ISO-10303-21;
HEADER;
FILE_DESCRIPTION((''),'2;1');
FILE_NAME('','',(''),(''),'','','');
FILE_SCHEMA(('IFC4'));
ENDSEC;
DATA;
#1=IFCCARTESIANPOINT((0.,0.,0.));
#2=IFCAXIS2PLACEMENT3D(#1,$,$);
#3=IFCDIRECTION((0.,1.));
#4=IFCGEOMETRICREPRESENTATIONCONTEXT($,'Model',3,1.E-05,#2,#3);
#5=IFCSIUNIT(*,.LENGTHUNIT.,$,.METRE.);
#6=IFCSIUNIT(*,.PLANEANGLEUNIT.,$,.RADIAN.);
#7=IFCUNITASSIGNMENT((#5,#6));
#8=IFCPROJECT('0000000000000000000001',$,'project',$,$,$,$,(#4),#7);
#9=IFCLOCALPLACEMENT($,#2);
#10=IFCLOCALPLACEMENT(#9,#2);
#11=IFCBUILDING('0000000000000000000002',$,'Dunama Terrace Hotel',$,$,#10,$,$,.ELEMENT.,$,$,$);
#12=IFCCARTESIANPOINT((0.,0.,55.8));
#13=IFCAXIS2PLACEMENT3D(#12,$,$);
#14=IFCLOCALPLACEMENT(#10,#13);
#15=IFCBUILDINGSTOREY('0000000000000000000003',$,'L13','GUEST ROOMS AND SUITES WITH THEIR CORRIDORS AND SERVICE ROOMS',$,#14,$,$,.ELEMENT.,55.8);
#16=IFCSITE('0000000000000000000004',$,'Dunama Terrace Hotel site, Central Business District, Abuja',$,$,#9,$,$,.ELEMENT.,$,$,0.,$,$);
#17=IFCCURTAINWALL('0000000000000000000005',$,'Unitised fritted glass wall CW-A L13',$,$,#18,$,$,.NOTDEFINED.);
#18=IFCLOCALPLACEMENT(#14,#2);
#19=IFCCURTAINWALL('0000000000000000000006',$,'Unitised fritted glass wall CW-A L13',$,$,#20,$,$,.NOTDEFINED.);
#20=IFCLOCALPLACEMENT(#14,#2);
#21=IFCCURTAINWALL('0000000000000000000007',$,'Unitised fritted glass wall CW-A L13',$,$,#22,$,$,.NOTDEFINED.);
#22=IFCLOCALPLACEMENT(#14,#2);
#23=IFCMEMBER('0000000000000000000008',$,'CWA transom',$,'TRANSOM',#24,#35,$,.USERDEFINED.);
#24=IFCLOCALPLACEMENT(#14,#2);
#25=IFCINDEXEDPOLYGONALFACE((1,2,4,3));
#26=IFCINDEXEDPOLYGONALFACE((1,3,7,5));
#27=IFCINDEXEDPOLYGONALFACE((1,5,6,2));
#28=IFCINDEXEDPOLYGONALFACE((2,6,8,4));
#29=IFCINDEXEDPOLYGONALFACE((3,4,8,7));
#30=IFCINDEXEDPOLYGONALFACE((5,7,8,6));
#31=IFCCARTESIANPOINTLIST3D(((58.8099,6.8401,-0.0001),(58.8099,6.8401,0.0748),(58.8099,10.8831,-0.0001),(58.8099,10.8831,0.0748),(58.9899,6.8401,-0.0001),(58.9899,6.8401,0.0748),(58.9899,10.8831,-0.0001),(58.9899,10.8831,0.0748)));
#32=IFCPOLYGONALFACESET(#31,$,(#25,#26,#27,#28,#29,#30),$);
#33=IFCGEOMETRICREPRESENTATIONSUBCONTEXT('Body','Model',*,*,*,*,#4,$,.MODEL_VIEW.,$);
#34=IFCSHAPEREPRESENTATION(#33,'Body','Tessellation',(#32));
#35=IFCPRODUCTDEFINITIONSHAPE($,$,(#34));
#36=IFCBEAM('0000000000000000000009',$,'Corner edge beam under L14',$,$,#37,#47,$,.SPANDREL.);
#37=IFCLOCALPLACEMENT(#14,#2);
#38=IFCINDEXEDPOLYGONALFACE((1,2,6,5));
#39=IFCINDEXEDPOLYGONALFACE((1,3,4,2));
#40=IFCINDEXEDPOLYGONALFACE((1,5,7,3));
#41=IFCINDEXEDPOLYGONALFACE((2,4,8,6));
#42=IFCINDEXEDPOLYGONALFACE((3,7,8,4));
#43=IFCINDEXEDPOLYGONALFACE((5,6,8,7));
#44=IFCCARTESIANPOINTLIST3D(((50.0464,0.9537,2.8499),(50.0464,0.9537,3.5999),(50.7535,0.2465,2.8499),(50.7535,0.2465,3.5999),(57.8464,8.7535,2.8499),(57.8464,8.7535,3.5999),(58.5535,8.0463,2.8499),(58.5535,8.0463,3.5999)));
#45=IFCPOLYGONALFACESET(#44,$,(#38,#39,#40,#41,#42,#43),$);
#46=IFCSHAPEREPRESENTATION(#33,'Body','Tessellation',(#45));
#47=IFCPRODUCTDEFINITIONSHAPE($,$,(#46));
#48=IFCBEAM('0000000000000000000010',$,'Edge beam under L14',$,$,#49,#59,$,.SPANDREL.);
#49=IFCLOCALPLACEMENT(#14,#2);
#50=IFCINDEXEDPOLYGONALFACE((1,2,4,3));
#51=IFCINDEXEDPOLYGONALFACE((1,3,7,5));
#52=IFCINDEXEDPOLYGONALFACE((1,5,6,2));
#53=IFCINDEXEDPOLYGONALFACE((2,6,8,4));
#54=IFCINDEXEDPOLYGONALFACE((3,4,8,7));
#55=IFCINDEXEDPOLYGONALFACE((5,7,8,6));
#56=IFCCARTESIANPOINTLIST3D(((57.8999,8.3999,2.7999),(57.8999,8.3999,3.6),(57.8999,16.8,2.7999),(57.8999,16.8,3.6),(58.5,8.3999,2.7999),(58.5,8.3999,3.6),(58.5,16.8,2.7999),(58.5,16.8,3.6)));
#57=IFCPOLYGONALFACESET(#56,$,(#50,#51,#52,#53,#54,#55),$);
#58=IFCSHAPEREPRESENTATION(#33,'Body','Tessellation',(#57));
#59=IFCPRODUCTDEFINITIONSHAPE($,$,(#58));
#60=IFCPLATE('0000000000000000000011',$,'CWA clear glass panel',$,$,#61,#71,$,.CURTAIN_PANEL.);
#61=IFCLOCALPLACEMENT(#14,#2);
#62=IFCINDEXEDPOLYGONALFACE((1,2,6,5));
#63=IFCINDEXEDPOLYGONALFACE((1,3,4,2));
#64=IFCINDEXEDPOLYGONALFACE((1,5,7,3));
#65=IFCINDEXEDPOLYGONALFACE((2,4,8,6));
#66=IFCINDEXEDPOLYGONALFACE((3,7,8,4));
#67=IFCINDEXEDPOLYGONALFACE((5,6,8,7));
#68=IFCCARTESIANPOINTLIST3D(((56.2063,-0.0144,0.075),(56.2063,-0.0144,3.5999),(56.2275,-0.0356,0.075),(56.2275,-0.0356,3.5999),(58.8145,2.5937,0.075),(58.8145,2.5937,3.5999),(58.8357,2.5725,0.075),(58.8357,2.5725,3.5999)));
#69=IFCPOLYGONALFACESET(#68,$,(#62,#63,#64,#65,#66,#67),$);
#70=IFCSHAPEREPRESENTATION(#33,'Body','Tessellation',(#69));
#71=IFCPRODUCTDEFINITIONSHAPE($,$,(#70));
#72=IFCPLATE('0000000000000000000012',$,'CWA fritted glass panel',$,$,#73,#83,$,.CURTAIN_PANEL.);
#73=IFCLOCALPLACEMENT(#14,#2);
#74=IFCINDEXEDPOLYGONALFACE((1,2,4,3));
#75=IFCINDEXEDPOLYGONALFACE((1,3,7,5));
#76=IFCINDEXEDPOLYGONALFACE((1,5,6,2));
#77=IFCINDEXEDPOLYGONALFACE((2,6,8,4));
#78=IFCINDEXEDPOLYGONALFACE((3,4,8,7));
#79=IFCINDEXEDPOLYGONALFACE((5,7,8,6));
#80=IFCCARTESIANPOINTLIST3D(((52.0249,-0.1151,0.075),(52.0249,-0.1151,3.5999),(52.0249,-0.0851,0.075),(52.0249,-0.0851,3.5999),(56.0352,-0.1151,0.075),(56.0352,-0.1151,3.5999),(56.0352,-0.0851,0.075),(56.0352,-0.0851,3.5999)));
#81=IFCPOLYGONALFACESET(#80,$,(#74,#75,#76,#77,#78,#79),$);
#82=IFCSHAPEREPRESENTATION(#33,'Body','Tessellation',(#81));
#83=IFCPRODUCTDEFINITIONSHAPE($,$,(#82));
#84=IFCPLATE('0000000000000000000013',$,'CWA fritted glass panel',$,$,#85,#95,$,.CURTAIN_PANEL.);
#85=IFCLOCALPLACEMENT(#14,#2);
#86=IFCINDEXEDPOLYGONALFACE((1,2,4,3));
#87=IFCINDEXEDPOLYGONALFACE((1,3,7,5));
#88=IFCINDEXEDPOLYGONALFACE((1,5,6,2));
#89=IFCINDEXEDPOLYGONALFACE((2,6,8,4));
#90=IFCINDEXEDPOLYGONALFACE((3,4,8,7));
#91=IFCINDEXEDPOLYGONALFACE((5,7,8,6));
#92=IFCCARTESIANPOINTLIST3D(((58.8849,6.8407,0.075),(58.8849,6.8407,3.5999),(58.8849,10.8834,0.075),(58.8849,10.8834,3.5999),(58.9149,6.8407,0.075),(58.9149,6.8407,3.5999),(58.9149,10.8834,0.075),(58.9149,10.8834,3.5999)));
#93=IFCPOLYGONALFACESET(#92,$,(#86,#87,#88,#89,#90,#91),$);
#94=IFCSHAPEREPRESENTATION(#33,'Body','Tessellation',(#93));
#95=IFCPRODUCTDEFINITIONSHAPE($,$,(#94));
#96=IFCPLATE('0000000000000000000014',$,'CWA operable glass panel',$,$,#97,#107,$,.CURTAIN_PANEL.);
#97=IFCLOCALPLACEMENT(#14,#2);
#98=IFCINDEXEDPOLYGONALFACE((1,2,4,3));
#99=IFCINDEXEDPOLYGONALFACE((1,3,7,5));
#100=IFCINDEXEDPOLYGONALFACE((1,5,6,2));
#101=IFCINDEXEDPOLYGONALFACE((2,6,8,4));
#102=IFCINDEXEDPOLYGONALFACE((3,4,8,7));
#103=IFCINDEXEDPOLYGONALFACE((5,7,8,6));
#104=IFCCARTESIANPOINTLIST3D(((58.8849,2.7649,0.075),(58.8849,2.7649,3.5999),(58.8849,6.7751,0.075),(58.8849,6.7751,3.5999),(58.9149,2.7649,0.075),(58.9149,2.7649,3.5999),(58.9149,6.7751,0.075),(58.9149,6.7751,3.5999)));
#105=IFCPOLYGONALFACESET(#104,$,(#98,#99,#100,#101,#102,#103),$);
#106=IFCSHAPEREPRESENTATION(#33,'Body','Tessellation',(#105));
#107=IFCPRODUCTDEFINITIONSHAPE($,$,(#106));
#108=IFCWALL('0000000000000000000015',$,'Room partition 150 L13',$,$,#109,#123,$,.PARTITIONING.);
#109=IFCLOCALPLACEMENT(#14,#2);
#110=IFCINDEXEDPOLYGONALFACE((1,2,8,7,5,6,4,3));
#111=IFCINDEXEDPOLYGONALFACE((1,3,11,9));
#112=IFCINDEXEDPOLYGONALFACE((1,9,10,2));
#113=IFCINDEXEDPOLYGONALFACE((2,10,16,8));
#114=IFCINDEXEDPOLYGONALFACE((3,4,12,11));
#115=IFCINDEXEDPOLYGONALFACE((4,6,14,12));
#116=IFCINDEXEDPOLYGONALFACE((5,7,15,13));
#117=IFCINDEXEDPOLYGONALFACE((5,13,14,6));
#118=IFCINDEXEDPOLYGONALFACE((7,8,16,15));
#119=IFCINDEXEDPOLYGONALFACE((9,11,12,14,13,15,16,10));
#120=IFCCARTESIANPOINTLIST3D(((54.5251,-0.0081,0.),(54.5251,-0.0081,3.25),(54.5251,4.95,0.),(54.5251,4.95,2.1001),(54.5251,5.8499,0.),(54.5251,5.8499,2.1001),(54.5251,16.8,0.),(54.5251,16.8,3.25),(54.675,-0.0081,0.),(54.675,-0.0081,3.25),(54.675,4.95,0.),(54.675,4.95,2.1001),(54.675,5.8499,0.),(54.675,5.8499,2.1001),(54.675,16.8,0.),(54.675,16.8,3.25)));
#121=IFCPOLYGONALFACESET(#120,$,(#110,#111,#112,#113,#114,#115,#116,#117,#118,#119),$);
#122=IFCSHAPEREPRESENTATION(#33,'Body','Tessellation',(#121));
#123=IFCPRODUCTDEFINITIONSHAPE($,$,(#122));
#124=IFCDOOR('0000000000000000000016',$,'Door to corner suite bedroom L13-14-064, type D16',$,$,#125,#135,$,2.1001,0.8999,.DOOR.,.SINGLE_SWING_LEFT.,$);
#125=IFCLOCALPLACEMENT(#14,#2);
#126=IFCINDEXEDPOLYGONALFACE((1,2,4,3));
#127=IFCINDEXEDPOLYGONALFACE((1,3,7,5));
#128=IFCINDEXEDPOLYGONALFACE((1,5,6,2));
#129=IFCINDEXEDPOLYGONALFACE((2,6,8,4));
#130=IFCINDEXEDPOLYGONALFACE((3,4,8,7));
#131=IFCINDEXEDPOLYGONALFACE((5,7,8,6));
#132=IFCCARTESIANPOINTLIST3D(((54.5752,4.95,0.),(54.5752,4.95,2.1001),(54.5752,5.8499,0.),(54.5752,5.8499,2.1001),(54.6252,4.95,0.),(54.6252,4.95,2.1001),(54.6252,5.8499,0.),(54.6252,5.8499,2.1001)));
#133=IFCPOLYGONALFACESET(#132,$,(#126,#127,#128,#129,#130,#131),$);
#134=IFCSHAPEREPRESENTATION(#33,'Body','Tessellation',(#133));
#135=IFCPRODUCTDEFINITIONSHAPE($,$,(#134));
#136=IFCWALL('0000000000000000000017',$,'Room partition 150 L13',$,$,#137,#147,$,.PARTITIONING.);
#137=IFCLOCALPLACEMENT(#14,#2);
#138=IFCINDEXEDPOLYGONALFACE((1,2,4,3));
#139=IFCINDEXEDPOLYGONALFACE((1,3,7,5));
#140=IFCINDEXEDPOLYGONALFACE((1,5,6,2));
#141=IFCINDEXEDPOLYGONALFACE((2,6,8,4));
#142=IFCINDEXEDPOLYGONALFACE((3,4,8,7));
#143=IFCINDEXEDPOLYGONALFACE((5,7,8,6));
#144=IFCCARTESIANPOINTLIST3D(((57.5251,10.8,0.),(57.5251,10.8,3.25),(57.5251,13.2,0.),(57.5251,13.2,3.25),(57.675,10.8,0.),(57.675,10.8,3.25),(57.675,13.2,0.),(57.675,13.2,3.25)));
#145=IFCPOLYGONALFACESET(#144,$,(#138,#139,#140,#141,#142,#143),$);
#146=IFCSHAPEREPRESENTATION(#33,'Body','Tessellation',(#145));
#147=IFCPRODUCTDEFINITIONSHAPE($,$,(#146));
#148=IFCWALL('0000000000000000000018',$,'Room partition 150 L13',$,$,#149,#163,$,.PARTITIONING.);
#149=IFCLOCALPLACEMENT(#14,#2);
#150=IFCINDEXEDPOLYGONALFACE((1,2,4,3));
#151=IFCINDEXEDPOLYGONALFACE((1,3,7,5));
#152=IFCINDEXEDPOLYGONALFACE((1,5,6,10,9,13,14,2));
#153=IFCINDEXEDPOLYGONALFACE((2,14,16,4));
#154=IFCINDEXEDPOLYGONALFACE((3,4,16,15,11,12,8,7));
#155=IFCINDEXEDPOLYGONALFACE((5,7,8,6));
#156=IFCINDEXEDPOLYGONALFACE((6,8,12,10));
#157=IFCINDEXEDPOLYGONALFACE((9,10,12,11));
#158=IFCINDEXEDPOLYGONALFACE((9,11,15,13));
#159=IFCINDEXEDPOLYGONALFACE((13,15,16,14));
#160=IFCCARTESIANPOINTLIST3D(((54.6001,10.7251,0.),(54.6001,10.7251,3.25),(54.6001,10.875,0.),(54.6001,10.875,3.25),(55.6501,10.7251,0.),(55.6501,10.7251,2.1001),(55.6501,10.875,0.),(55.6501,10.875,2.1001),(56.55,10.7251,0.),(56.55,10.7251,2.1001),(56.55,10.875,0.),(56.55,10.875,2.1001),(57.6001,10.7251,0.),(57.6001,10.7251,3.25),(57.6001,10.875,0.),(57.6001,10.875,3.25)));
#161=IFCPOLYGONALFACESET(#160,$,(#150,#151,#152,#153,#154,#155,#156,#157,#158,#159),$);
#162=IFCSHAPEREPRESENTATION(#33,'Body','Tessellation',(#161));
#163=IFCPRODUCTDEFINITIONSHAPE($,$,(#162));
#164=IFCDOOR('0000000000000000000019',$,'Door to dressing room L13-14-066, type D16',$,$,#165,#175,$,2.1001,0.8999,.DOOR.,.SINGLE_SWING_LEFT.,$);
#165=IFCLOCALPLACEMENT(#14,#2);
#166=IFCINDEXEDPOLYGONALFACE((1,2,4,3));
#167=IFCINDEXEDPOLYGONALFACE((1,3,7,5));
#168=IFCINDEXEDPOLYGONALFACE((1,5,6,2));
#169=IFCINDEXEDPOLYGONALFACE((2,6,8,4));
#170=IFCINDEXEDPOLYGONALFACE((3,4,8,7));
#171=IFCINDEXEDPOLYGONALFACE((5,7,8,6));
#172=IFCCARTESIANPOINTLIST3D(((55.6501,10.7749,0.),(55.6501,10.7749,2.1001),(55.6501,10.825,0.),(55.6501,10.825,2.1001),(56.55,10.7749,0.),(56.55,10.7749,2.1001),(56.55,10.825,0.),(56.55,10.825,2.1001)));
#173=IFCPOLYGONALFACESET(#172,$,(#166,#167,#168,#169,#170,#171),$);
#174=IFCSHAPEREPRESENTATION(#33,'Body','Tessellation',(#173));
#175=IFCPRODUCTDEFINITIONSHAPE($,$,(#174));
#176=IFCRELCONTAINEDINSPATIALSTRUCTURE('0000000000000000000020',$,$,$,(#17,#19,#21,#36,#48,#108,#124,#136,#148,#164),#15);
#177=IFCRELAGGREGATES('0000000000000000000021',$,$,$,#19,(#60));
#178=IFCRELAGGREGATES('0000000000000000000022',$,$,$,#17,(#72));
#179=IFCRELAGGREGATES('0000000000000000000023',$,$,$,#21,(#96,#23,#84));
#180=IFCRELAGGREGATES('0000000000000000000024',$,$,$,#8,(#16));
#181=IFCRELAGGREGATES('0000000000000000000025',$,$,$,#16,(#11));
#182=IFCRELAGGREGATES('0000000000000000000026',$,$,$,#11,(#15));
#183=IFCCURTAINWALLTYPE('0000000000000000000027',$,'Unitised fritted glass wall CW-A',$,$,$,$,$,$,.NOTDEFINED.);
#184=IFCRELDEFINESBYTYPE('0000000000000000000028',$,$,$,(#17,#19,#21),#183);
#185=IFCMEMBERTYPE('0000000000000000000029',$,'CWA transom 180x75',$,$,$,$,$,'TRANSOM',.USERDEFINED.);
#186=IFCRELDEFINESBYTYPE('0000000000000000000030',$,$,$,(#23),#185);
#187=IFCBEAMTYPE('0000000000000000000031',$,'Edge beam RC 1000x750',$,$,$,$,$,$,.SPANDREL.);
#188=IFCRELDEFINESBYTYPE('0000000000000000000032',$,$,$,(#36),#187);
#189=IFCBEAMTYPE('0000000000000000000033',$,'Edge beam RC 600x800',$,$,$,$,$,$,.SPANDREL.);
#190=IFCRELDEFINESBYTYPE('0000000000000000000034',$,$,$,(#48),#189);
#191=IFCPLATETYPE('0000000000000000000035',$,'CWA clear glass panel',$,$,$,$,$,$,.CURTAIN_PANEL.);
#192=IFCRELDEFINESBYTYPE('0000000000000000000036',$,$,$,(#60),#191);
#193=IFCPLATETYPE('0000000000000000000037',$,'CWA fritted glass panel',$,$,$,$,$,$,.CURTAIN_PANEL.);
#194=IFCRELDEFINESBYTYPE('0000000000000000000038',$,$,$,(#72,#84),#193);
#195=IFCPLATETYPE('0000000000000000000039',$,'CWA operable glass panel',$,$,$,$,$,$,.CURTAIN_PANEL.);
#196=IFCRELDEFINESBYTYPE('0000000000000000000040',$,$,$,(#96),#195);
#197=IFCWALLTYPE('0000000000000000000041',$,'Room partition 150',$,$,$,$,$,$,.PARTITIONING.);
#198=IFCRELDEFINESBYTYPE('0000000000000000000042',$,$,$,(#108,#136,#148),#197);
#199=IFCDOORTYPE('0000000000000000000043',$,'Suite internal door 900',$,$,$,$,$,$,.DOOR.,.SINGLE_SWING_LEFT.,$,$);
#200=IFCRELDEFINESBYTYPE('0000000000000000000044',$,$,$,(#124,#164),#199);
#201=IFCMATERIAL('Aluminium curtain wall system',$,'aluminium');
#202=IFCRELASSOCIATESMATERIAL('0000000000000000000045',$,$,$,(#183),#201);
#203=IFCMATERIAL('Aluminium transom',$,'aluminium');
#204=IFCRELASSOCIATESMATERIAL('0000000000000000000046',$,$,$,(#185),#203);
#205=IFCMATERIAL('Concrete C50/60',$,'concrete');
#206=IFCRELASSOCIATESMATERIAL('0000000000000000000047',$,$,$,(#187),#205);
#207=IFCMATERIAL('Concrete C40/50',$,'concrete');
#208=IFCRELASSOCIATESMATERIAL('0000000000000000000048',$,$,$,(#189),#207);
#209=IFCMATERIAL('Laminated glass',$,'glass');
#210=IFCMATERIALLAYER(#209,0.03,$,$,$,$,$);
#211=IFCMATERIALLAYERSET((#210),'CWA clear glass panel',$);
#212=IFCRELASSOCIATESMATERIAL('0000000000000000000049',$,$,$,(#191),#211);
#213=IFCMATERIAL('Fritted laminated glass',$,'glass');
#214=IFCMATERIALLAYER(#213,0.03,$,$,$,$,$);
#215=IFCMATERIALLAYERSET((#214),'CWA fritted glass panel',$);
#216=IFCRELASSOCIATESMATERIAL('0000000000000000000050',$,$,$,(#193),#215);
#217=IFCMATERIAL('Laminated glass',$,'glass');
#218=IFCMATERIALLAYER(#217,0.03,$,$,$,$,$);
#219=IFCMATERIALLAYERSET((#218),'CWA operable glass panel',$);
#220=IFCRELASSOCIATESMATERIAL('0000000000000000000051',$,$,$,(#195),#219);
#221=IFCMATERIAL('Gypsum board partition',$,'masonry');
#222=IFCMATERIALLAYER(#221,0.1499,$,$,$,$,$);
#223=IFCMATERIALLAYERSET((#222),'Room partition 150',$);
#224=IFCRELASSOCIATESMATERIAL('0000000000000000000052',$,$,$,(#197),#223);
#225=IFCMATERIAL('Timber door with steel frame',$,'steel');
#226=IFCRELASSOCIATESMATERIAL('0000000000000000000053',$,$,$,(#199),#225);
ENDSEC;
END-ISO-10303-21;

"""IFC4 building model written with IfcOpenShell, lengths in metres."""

from ifc_helpers import new_model, si_unit, direction, frame, frame_2d, origin, origin_2d, place, context, subcontext, project, spatial, rectangle, extrude, material, layer, layer_set, material_profile, profile_set, type_object, element, fill, aggregate, save


model = new_model("IFC4")

# Units and contexts
model_context = context("Model", 3, precision=1e-05, world=origin(), true_north=direction((0.0, 1.0)))
body_context = subcontext(model_context, "Body", "Model", "MODEL_VIEW")
ifc_project = project(units=[si_unit("LENGTHUNIT", "METRE"), si_unit("PLANEANGLEUNIT", "RADIAN")], contexts=[model_context])

# Site, building, storey
site_placement = place(None, origin())
site = spatial("IfcSite", under=ifc_project, at=site_placement, Name="Dunama Terrace Hotel site, Central Business District, Abuja", CompositionType="ELEMENT", RefElevation=0.0)
building_placement = place(site_placement, origin())
building = spatial("IfcBuilding", under=site, at=building_placement, Name="Dunama Terrace Hotel", CompositionType="ELEMENT")
storey_placement = place(building_placement, frame((0.0, 0.0, 55.8)))
storey = spatial("IfcBuildingStorey", under=building, at=storey_placement, Name="L13", Description="GUEST ROOMS AND SUITES WITH THEIR CORRIDORS AND SERVICE ROOMS", CompositionType="ELEMENT", Elevation=55.8)

# Curtain walls
ifc_material_1 = material(Name="Aluminium curtain wall system", Category="aluminium")
curtain_wall_type = type_object("IfcCurtainWallType", Name="Unitised fritted glass wall CW-A", PredefinedType="NOTDEFINED", material=ifc_material_1)
curtain_wall_1_placement = place(storey_placement, origin())
curtain_wall_1 = element("IfcCurtainWall", 1, at=curtain_wall_1_placement, inside=storey, type_object=curtain_wall_type, Name="Unitised fritted glass wall CW-A L13", PredefinedType="NOTDEFINED")
curtain_wall_2_placement = place(storey_placement, origin())
curtain_wall_2 = element("IfcCurtainWall", 2, at=curtain_wall_2_placement, inside=storey, type_object=curtain_wall_type, Name="Unitised fritted glass wall CW-A L13", PredefinedType="NOTDEFINED")
curtain_wall_3_placement = place(storey_placement, origin())
curtain_wall_3 = element("IfcCurtainWall", 3, at=curtain_wall_3_placement, inside=storey, type_object=curtain_wall_type, Name="Unitised fritted glass wall CW-A L13", PredefinedType="NOTDEFINED")

# Member
ifc_material_2 = material(Name="Aluminium transom", Category="aluminium")
ifc_material_profile_1 = material_profile(ifc_material_2, rectangle(XDim=0.1799, YDim=0.075, at=origin_2d()), Name="CWA TRANSOM 180X75")
ifc_profile_set_1 = profile_set([ifc_material_profile_1], Name="Aluminium transom")
member_type_1 = type_object("IfcMemberType", Name="CWA transom 180x75", ElementType="TRANSOM", PredefinedType="USERDEFINED", material=ifc_profile_set_1)
member_1_placement = place(storey_placement, frame((58.8999, 6.8401, 0.0374), z_axis=(0.0, 1.0, 0.0), x_axis=(-1.0, 0.0, 0.0)))
member_1 = element("IfcMember", 4, at=member_1_placement, type_object=member_type_1, Name="CWA transom", ObjectType="TRANSOM", PredefinedType="USERDEFINED", context=body_context, shape_type="SweptSolid", body=[
    extrude(rectangle(XDim=0.1799, YDim=0.075, at=origin_2d()), origin(), (0.0, 0.0, 1.0), 4.043),
])

# Beams
ifc_material_3 = material(Name="Concrete C50/60", Category="concrete")
ifc_material_profile_2 = material_profile(ifc_material_3, rectangle(XDim=1.0, YDim=0.75, at=origin_2d()), Name="RC 1000x750")
ifc_profile_set_2 = profile_set([ifc_material_profile_2], Name="Concrete C50/60")
beam_type_1 = type_object("IfcBeamType", Name="Edge beam RC 1000x750", PredefinedType="SPANDREL", material=ifc_profile_set_2)
beam_1_placement = place(storey_placement, frame((50.3999, 0.6001, 3.2249), z_axis=(0.707118, 0.707096, 0.0), x_axis=(-0.707096, 0.707118, 0.0)))
element("IfcBeam", 5, at=beam_1_placement, inside=storey, type_object=beam_type_1, Name="Corner edge beam under L14", PredefinedType="SPANDREL", context=body_context, shape_type="SweptSolid", body=[
    extrude(rectangle(XDim=1.0, YDim=0.75, at=origin_2d()), origin(), (0.0, 0.0, 1.0), 11.0308),
])
ifc_material_4 = material(Name="Concrete C40/50", Category="concrete")
ifc_material_profile_3 = material_profile(ifc_material_4, rectangle(XDim=0.6001, YDim=0.8, at=origin_2d()), Name="RC 600x800")
ifc_profile_set_3 = profile_set([ifc_material_profile_3], Name="Concrete C40/50")
beam_type_2 = type_object("IfcBeamType", Name="Edge beam RC 600x800", PredefinedType="SPANDREL", material=ifc_profile_set_3)
beam_2_placement = place(storey_placement, frame((58.2, 8.3999, 3.2), z_axis=(0.0, 1.0, 0.0), x_axis=(-1.0, 0.0, 0.0)))
element("IfcBeam", 6, at=beam_2_placement, inside=storey, type_object=beam_type_2, Name="Edge beam under L14", PredefinedType="SPANDREL", context=body_context, shape_type="SweptSolid", body=[
    extrude(rectangle(XDim=0.6001, YDim=0.8, at=origin_2d()), origin(), (0.0, 0.0, 1.0), 8.4001),
])

# Plates
ifc_material_5 = material(Name="Laminated glass", Category="glass")
ifc_layer_1 = layer(ifc_material_5, 0.03)
ifc_layer_set_1 = layer_set([ifc_layer_1], Name="CWA clear glass panel")
plate_type_1 = type_object("IfcPlateType", Name="CWA clear glass panel", PredefinedType="CURTAIN_PANEL", material=ifc_layer_set_1)
plate_1_placement = place(storey_placement, frame((57.521, 1.2791, 0.075), z_axis=(0.0, 0.0, 1.0), x_axis=(0.707107, 0.707107, 0.0)))
plate_1 = element("IfcPlate", 7, at=plate_1_placement, type_object=plate_type_1, Name="CWA clear glass panel", PredefinedType="CURTAIN_PANEL", context=body_context, shape_type="SweptSolid", body=[
    extrude(rectangle(XDim=3.6885, YDim=0.03, at=origin_2d()), origin(), (0.0, 0.0, 1.0), 3.5249),
])
aggregate(curtain_wall_2, [plate_1])
ifc_material_6 = material(Name="Fritted laminated glass", Category="glass")
ifc_layer_2 = layer(ifc_material_6, 0.03)
ifc_layer_set_2 = layer_set([ifc_layer_2], Name="CWA fritted glass panel")
plate_type_2 = type_object("IfcPlateType", Name="CWA fritted glass panel", PredefinedType="CURTAIN_PANEL", material=ifc_layer_set_2)
plate_2_placement = place(storey_placement, frame((54.03, -0.1001, 0.075), z_axis=(0.0, 0.0, 1.0), x_axis=(1.0, 0.0, 0.0)))
plate_2 = element("IfcPlate", 8, at=plate_2_placement, type_object=plate_type_2, Name="CWA fritted glass panel", PredefinedType="CURTAIN_PANEL", context=body_context, shape_type="SweptSolid", body=[
    extrude(rectangle(XDim=4.0103, YDim=0.03, at=origin_2d()), origin(), (0.0, 0.0, 1.0), 3.5249),
])
aggregate(curtain_wall_1, [plate_2])
plate_3_placement = place(storey_placement, frame((58.8999, 8.8621, 0.075), z_axis=(0.0, 0.0, 1.0), x_axis=(0.0, 1.0, 0.0)))
plate_3 = element("IfcPlate", 9, at=plate_3_placement, type_object=plate_type_2, Name="CWA fritted glass panel", PredefinedType="CURTAIN_PANEL", context=body_context, shape_type="SweptSolid", body=[
    extrude(rectangle(XDim=4.0427, YDim=0.03, at=origin_2d()), origin(), (0.0, 0.0, 1.0), 3.5249),
])
ifc_material_7 = material(Name="Laminated glass", Category="glass")
ifc_layer_3 = layer(ifc_material_7, 0.03)
ifc_layer_set_3 = layer_set([ifc_layer_3], Name="CWA operable glass panel")
plate_type_3 = type_object("IfcPlateType", Name="CWA operable glass panel", PredefinedType="CURTAIN_PANEL", material=ifc_layer_set_3)
plate_4_placement = place(storey_placement, frame((58.8999, 4.77, 0.075), z_axis=(0.0, 0.0, 1.0), x_axis=(0.0, 1.0, 0.0)))
plate_4 = element("IfcPlate", 10, at=plate_4_placement, type_object=plate_type_3, Name="CWA operable glass panel", PredefinedType="CURTAIN_PANEL", context=body_context, shape_type="SweptSolid", body=[
    extrude(rectangle(XDim=4.0103, YDim=0.03, at=origin_2d()), origin(), (0.0, 0.0, 1.0), 3.5249),
])
aggregate(curtain_wall_3, [plate_4, member_1, plate_3])

# Wall, opening, door
ifc_material_8 = material(Name="Gypsum board partition", Category="masonry")
ifc_layer_4 = layer(ifc_material_8, 0.1499)
ifc_layer_set_4 = layer_set([ifc_layer_4], Name="Room partition 150")
wall_type = type_object("IfcWallType", Name="Room partition 150", PredefinedType="PARTITIONING", material=ifc_layer_set_4)
wall_1_placement = place(storey_placement, frame((54.6001, -0.0081, 0.0), z_axis=(0.0, 0.0, 1.0), x_axis=(0.0, 1.0, 0.0)))
wall_1 = element("IfcWall", 11, at=wall_1_placement, inside=storey, type_object=wall_type, Name="Room partition 150 L13", PredefinedType="PARTITIONING", context=body_context, shape_type="SweptSolid", body=[
    extrude(rectangle(XDim=16.8081, YDim=0.1499, at=frame_2d((8.4041, 0.0))), origin(), (0.0, 0.0, 1.0), 3.25),
])
opening_1_placement = place(wall_1_placement, frame((4.958, 0.0, 0.0)))
opening_1 = element("IfcOpeningElement", 12, at=opening_1_placement, cuts=wall_1, PredefinedType="OPENING", context=body_context, shape_type="SweptSolid", body=[
    extrude(rectangle(XDim=0.8999, YDim=2.1001, at=frame_2d((0.45, 1.05))), frame((0.0, 0.085, 0.0), z_axis=(0.0, -1.0, 0.0), x_axis=(1.0, 0.0, 0.0)), (0.0, 0.0, 1.0), 0.1699),
])
ifc_material_9 = material(Name="Timber door with steel frame", Category="steel")
door_type = type_object("IfcDoorType", Name="Suite internal door 900", OperationType="SINGLE_SWING_LEFT", PredefinedType="DOOR", material=ifc_material_9)
door_1_placement = place(opening_1_placement, frame((0.8999, 0.0, 0.0), z_axis=(0.0, 0.0, 1.0), x_axis=(-1.0, 0.0, 0.0)))
door_1 = element("IfcDoor", 13, at=door_1_placement, inside=storey, type_object=door_type, Name="Door to corner suite bedroom L13-14-064, type D16", OperationType="SINGLE_SWING_LEFT", OverallHeight=2.1001, OverallWidth=0.8999, PredefinedType="DOOR", context=body_context, shape_type="SweptSolid", body=[
    extrude(rectangle(XDim=0.8999, YDim=2.1001, at=frame_2d((0.45, 1.05))), frame((0.0, 0.0251, 0.0), z_axis=(0.0, -1.0, 0.0), x_axis=(1.0, 0.0, 0.0)), (0.0, 0.0, 1.0), 0.05),
])
fill(opening_1, door_1)

# Wall
wall_2_placement = place(storey_placement, frame((57.6001, 10.8, 0.0), z_axis=(0.0, 0.0, 1.0), x_axis=(0.0, 1.0, 0.0)))
element("IfcWall", 14, at=wall_2_placement, inside=storey, type_object=wall_type, Name="Room partition 150 L13", PredefinedType="PARTITIONING", context=body_context, shape_type="SweptSolid", body=[
    extrude(rectangle(XDim=2.3999, YDim=0.1499, at=frame_2d((1.2, 0.0))), origin(), (0.0, 0.0, 1.0), 3.25),
])

# Wall, opening, door
wall_3_placement = place(storey_placement, frame((54.6001, 10.8, 0.0), z_axis=(0.0, 0.0, 1.0), x_axis=(1.0, 0.0, 0.0)))
wall_3 = element("IfcWall", 15, at=wall_3_placement, inside=storey, type_object=wall_type, Name="Room partition 150 L13", PredefinedType="PARTITIONING", context=body_context, shape_type="SweptSolid", body=[
    extrude(rectangle(XDim=3.0, YDim=0.1499, at=frame_2d((1.5, 0.0))), origin(), (0.0, 0.0, 1.0), 3.25),
])
opening_2_placement = place(wall_3_placement, frame((1.05, 0.0, 0.0)))
opening_2 = element("IfcOpeningElement", 16, at=opening_2_placement, cuts=wall_3, PredefinedType="OPENING", context=body_context, shape_type="SweptSolid", body=[
    extrude(rectangle(XDim=0.8999, YDim=2.1001, at=frame_2d((0.45, 1.05))), frame((0.0, 0.085, 0.0), z_axis=(0.0, -1.0, 0.0), x_axis=(1.0, 0.0, 0.0)), (0.0, 0.0, 1.0), 0.1699),
])
door_2_placement = place(opening_2_placement, origin())
door_2 = element("IfcDoor", 17, at=door_2_placement, inside=storey, type_object=door_type, Name="Door to dressing room L13-14-066, type D16", OperationType="SINGLE_SWING_LEFT", OverallHeight=2.1001, OverallWidth=0.8999, PredefinedType="DOOR", context=body_context, shape_type="SweptSolid", body=[
    extrude(rectangle(XDim=0.8999, YDim=2.1001, at=frame_2d((0.45, 1.05))), frame((0.0, 0.0249, 0.0), z_axis=(0.0, -1.0, 0.0), x_axis=(1.0, 0.0, 0.0)), (0.0, 0.0, 1.0), 0.05),
])
fill(opening_2, door_2)

save(model, "model.ifc")
